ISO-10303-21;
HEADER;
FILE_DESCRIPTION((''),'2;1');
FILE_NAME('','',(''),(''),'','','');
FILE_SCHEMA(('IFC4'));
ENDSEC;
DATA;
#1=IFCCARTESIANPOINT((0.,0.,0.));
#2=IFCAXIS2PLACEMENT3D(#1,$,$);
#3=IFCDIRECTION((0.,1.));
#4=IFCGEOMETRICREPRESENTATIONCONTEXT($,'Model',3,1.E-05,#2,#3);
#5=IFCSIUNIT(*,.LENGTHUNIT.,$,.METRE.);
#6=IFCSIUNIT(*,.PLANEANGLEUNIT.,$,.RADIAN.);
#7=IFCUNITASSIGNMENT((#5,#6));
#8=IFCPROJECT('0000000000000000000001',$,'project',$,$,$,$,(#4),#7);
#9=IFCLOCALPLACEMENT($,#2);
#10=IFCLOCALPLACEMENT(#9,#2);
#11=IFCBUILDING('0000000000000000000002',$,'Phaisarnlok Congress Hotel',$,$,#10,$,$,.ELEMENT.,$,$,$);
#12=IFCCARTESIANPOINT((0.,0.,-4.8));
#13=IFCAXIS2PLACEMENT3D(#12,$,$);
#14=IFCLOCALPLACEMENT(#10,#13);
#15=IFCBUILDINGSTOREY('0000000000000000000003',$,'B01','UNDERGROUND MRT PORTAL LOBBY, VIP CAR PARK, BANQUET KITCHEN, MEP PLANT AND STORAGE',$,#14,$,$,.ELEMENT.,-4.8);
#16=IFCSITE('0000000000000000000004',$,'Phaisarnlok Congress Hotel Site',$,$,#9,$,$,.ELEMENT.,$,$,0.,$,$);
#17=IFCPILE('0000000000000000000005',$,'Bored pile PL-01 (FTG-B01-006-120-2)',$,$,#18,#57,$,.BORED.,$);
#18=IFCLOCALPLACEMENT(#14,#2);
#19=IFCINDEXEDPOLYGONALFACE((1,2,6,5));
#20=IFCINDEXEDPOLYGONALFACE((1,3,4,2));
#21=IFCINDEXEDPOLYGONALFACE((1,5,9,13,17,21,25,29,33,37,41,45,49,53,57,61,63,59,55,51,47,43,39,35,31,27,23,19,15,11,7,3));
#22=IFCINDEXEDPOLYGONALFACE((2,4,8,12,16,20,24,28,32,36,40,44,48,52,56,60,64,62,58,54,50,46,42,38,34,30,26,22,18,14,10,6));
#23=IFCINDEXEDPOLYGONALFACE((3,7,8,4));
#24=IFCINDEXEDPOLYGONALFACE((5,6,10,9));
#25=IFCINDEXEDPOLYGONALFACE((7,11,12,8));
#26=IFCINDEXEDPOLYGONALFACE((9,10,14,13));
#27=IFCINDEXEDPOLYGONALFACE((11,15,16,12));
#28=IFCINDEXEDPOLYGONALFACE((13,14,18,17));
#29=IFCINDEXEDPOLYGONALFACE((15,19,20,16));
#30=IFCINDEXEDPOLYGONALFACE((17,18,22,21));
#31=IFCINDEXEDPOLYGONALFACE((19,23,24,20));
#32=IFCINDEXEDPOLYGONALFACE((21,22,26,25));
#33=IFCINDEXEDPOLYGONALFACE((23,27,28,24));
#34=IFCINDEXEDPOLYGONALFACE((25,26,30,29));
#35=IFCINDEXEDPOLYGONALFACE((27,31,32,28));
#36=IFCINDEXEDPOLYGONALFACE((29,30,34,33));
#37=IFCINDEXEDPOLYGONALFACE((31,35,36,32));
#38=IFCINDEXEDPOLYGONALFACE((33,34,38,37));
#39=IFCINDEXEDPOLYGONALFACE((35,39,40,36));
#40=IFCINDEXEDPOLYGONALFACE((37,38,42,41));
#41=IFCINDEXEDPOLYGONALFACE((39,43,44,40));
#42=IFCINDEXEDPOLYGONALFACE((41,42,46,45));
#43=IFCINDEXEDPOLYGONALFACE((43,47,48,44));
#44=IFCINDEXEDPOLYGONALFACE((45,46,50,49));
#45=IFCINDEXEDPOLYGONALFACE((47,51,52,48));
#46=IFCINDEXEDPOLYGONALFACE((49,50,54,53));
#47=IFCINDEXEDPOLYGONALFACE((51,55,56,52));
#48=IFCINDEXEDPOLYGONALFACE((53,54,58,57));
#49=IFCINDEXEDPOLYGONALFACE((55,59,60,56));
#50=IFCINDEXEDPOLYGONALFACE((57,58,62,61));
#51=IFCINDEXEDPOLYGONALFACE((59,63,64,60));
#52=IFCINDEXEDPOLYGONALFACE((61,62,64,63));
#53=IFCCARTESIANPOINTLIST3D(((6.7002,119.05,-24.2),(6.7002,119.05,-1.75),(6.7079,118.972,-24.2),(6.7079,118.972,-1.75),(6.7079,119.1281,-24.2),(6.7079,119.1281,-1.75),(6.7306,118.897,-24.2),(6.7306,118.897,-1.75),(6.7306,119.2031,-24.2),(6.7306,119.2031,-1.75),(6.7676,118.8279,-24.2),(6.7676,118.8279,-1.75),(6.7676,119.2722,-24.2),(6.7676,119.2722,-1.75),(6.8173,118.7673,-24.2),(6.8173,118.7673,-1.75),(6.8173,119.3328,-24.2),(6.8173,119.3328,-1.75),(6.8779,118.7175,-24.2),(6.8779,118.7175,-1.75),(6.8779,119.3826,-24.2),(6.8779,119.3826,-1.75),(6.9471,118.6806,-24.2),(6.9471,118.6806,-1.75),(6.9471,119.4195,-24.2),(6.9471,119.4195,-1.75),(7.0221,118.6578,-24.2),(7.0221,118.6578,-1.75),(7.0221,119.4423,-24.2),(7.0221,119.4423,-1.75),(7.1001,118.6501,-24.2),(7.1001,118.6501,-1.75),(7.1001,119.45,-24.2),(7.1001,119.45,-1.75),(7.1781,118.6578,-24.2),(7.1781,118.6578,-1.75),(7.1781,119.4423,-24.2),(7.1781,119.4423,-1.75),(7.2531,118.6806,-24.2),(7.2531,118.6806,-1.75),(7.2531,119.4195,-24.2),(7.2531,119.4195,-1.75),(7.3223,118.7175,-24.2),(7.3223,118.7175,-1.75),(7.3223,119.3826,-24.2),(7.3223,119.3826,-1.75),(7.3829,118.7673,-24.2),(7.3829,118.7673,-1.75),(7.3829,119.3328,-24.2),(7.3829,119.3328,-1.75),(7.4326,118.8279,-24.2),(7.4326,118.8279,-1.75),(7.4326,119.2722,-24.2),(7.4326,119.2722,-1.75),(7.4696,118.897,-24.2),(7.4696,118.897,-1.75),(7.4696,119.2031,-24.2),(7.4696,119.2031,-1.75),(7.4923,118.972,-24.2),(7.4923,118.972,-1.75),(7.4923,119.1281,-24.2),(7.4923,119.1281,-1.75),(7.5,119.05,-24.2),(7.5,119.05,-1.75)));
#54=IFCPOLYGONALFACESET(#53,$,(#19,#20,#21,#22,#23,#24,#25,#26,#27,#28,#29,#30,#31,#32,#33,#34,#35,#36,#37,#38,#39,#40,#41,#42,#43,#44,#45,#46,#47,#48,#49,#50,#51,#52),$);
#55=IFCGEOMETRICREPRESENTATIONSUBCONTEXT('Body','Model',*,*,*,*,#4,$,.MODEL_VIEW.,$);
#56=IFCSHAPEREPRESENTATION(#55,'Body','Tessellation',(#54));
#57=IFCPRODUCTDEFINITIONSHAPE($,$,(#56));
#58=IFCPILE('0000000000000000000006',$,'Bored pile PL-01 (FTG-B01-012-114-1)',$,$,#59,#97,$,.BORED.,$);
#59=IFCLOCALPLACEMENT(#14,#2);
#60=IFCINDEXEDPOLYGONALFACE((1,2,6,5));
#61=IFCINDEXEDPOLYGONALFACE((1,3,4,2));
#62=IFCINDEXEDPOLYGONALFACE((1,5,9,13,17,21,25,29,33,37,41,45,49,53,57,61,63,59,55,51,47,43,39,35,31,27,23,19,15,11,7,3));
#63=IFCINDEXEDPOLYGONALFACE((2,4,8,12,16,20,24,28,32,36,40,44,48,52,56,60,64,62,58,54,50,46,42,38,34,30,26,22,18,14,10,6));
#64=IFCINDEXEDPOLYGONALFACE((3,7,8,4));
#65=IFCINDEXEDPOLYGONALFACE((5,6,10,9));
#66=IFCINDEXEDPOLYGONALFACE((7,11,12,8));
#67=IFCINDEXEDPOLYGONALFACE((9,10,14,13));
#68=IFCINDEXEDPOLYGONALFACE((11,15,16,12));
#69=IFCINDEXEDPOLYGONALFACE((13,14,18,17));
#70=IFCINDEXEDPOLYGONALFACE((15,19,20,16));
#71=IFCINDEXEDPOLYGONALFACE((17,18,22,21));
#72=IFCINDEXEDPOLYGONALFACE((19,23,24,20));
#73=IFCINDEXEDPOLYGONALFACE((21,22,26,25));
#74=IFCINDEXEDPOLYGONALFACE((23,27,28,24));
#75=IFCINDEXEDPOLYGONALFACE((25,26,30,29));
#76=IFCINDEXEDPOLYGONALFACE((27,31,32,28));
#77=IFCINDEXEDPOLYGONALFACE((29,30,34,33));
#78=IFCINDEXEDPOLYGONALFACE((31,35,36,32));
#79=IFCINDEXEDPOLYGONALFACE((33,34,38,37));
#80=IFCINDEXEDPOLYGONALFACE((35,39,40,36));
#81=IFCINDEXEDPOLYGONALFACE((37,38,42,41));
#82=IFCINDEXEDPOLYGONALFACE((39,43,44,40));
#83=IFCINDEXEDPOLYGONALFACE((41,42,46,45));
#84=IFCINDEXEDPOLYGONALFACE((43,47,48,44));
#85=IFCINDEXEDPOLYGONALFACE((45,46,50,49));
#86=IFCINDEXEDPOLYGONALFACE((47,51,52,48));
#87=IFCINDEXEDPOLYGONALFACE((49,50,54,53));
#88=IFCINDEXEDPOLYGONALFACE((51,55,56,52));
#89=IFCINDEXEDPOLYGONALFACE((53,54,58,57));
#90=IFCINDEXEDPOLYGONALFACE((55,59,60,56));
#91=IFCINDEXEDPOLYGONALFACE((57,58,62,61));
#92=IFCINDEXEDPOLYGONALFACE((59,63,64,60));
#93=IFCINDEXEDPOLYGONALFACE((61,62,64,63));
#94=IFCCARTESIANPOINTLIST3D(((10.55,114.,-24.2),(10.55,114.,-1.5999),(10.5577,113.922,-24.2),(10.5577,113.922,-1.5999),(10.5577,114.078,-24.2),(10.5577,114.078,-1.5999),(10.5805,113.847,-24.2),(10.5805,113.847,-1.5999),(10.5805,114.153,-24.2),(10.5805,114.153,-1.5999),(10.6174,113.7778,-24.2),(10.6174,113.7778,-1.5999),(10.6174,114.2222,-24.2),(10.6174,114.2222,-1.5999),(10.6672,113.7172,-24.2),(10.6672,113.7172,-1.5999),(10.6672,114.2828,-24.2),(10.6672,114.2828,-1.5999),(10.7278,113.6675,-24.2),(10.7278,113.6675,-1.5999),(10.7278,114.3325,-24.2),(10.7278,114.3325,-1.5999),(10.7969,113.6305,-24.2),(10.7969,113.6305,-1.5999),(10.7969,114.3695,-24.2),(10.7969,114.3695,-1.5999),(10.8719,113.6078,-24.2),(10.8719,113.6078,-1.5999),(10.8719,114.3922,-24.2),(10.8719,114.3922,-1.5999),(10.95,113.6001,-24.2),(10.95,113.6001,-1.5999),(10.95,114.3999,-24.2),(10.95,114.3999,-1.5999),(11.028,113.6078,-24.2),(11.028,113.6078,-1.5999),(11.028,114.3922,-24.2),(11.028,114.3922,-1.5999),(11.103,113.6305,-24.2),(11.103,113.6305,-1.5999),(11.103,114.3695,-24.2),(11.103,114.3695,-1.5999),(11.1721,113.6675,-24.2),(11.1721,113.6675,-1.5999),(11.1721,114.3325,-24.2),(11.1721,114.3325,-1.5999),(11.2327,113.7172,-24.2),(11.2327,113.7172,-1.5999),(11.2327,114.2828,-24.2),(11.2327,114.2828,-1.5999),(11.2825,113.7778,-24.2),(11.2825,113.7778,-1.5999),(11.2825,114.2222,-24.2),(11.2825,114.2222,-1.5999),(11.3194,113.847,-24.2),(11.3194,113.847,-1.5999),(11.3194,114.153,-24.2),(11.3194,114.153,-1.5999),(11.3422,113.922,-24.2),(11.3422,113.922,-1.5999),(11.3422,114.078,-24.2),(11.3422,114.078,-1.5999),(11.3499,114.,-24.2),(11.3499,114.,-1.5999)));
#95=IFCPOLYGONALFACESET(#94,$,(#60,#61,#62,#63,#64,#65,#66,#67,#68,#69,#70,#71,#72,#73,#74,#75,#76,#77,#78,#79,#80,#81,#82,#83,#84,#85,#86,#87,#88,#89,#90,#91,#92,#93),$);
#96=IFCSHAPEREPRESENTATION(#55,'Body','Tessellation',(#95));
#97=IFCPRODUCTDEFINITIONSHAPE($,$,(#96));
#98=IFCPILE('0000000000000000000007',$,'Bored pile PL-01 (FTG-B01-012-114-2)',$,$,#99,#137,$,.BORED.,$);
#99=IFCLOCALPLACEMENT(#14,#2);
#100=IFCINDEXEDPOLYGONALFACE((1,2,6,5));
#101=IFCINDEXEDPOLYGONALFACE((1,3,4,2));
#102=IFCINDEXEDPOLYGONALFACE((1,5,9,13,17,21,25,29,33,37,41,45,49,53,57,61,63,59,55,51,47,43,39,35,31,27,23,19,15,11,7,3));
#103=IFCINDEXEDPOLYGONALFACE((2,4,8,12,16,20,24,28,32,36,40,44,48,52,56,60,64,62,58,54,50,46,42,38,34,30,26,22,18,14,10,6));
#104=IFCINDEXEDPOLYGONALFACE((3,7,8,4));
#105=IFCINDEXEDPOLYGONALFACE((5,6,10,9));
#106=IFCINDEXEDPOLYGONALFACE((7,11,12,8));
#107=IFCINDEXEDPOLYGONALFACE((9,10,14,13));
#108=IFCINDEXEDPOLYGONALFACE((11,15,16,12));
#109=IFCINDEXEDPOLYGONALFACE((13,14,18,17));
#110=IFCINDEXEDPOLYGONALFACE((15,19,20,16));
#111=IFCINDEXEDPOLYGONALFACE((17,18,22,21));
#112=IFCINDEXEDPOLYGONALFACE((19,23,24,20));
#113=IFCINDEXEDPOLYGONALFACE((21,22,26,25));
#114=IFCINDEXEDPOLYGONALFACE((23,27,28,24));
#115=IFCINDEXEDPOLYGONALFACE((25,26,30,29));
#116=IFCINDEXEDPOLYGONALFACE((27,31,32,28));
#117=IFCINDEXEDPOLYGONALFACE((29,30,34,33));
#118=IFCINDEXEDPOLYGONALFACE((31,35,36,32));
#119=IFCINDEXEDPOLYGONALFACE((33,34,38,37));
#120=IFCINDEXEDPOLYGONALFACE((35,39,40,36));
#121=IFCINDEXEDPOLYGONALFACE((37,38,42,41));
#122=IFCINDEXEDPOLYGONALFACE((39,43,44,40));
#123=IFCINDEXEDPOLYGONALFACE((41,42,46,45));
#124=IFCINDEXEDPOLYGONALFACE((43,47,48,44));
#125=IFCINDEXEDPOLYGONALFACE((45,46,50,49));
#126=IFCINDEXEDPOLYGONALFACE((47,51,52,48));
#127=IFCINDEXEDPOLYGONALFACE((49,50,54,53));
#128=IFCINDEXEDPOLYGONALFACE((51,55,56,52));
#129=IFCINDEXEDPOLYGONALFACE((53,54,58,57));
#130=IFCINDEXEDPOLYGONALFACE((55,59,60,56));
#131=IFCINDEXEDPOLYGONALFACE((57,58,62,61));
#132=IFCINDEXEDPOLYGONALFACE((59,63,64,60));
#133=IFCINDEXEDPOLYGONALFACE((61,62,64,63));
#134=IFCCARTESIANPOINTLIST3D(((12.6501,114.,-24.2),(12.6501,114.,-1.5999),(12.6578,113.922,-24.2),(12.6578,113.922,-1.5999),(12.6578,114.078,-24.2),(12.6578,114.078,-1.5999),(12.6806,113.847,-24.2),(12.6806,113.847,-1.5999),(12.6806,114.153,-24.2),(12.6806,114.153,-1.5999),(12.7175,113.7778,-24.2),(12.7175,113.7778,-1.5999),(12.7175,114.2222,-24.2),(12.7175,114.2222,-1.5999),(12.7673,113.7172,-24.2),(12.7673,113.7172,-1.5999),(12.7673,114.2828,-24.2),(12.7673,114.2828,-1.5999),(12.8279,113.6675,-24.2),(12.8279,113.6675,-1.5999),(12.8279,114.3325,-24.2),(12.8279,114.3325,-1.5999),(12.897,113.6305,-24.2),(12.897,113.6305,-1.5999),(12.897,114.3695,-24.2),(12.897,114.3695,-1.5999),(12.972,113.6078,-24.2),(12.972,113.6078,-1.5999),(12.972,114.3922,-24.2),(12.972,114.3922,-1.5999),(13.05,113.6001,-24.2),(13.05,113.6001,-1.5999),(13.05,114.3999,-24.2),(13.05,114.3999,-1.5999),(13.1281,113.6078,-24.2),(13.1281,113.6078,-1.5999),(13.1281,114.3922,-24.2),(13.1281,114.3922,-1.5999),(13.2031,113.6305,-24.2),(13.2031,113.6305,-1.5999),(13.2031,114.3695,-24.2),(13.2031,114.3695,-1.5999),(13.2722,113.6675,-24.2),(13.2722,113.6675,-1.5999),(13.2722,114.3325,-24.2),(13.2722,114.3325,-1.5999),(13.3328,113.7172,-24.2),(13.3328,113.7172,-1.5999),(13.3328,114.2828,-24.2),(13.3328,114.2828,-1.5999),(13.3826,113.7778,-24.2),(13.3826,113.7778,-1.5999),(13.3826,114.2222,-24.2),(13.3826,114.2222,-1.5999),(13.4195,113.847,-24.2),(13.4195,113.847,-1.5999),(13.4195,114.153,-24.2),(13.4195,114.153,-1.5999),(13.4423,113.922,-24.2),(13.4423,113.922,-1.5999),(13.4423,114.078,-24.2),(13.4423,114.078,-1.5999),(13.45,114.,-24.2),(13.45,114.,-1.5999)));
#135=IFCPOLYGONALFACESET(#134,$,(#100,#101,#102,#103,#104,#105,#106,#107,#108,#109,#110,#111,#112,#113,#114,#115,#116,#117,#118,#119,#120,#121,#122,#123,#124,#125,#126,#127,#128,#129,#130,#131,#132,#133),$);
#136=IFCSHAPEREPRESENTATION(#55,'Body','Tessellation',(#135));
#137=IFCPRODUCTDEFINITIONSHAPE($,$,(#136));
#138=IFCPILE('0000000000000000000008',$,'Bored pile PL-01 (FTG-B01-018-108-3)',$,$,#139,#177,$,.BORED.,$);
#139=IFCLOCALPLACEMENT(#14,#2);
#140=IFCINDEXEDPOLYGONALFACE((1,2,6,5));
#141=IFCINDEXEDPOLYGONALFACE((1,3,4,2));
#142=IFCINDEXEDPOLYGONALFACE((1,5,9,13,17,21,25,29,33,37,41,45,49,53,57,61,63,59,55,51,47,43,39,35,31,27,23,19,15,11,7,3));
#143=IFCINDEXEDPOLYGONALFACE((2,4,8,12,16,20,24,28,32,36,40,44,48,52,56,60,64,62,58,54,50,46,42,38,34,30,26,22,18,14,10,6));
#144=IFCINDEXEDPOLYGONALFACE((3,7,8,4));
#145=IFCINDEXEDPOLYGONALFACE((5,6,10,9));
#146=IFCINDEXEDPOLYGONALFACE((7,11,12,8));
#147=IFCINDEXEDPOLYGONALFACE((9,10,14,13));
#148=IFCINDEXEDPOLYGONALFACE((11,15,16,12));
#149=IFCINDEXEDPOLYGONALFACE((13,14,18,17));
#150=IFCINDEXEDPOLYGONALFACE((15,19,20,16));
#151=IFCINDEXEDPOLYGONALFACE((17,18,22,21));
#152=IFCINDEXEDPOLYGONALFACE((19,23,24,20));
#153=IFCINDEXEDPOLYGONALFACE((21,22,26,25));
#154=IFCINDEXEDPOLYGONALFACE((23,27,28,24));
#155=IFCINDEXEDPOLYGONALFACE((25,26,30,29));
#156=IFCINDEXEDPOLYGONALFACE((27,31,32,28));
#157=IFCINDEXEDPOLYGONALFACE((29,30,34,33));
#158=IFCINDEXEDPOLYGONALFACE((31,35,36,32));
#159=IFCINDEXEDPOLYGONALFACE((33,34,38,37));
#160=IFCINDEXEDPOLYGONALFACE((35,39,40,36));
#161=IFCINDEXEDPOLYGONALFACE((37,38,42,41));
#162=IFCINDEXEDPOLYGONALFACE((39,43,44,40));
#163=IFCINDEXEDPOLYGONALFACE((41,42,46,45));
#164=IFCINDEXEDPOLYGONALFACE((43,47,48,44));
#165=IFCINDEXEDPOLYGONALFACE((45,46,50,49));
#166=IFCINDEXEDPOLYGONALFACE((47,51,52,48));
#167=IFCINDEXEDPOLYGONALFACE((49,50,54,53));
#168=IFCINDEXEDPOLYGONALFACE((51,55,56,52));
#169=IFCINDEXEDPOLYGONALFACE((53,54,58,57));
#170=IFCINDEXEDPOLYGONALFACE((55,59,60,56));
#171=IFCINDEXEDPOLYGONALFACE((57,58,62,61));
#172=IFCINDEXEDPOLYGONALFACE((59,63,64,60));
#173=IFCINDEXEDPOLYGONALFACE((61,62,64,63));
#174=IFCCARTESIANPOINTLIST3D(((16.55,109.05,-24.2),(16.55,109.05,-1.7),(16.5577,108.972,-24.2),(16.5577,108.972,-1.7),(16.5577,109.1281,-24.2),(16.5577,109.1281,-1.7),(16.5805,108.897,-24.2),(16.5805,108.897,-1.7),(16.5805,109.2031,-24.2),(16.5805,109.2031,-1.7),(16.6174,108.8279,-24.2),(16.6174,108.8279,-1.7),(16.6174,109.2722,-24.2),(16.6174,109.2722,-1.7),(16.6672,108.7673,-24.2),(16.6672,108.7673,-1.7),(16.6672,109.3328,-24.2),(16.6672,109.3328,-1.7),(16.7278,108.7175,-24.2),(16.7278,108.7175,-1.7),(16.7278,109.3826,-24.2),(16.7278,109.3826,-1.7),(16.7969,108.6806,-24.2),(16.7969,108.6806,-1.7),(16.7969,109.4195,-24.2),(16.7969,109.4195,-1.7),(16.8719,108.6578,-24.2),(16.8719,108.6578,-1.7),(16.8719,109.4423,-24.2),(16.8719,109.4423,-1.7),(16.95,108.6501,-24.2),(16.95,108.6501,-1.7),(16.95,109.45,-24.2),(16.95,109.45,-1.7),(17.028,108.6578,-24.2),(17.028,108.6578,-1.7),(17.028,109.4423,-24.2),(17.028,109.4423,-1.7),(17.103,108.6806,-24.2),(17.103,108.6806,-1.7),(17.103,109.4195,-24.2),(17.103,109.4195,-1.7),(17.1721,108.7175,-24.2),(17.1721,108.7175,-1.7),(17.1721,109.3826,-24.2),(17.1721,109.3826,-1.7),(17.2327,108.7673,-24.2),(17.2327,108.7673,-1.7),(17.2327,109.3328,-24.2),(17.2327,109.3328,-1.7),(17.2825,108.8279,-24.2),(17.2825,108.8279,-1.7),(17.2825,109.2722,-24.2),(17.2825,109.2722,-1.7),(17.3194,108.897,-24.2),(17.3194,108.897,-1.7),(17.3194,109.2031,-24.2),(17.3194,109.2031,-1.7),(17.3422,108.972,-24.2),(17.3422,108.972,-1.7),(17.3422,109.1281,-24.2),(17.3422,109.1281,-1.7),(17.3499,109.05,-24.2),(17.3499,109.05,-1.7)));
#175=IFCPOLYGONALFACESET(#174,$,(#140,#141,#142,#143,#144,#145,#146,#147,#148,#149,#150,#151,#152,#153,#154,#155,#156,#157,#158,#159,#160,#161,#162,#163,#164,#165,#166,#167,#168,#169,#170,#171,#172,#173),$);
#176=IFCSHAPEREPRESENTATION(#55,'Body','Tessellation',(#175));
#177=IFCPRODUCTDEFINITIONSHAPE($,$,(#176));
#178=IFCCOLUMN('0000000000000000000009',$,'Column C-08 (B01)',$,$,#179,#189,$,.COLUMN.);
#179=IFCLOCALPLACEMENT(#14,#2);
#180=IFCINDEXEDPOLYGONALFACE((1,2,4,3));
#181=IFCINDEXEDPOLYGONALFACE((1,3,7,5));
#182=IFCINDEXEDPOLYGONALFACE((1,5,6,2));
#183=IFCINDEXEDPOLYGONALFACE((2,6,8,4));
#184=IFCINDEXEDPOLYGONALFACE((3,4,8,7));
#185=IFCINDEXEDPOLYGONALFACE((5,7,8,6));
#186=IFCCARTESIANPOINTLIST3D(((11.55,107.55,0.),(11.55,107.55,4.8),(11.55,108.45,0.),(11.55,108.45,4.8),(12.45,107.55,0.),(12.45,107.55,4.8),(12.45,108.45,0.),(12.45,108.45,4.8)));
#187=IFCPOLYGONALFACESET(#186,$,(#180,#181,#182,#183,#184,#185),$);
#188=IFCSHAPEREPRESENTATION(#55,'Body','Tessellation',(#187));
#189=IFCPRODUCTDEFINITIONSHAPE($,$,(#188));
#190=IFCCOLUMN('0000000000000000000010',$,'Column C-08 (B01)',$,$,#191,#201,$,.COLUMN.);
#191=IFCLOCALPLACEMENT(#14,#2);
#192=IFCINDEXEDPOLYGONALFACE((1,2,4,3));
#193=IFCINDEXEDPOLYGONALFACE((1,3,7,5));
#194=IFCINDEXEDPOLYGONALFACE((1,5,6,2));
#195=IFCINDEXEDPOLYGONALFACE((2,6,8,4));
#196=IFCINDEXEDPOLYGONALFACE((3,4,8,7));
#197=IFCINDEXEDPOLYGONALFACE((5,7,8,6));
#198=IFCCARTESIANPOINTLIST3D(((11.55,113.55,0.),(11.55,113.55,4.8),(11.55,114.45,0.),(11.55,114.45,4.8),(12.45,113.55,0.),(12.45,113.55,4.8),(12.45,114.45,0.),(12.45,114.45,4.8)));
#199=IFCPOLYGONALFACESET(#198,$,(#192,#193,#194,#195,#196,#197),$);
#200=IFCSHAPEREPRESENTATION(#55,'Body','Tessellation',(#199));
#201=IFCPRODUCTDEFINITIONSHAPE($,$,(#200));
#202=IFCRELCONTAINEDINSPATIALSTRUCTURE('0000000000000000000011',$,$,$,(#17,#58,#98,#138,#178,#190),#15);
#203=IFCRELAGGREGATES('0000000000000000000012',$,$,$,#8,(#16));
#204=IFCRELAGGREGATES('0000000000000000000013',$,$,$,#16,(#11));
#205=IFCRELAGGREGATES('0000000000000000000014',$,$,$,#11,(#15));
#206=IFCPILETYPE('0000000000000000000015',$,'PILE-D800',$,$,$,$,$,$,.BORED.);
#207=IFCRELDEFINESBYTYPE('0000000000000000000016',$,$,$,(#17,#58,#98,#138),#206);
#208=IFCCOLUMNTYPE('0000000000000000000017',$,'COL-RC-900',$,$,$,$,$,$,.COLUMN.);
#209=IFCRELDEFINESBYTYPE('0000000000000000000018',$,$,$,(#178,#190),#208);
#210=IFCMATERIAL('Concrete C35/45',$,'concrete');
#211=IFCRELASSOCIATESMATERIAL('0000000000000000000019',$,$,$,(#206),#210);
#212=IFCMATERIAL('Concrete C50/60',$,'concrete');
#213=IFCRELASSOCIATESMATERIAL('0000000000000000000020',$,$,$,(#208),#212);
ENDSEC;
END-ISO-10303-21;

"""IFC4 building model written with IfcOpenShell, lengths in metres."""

from ifc_helpers import new_model, si_unit, direction, frame, origin, origin_2d, place, context, subcontext, project, spatial, rectangle, circle, extrude, material, material_profile, profile_set, type_object, element, save


model = new_model("IFC4")

# Units and contexts
model_context = context("Model", 3, precision=1e-05, world=origin(), true_north=direction((0.0, 1.0)))
body_context = subcontext(model_context, "Body", "Model", "MODEL_VIEW")
ifc_project = project(units=[si_unit("LENGTHUNIT", "METRE"), si_unit("PLANEANGLEUNIT", "RADIAN")], contexts=[model_context])

# Site, building, storey
site_placement = place(None, origin())
site = spatial("IfcSite", under=ifc_project, at=site_placement, Name="Phaisarnlok Congress Hotel Site", CompositionType="ELEMENT", RefElevation=0.0)
building_placement = place(site_placement, origin())
building = spatial("IfcBuilding", under=site, at=building_placement, Name="Phaisarnlok Congress Hotel", CompositionType="ELEMENT")
storey_placement = place(building_placement, frame((0.0, 0.0, -4.8)))
storey = spatial("IfcBuildingStorey", under=building, at=storey_placement, Name="B01", Description="UNDERGROUND MRT PORTAL LOBBY, VIP CAR PARK, BANQUET KITCHEN, MEP PLANT AND STORAGE", CompositionType="ELEMENT", Elevation=-4.8)

# Piles
ifc_material_1 = material(Name="Concrete C35/45", Category="concrete")
ifc_material_profile_1 = material_profile(ifc_material_1, circle(Radius=0.3999, at=origin_2d()), Name="BORED PILE D800")
ifc_profile_set_1 = profile_set([ifc_material_profile_1], Name="Concrete C35/45")
pile_type_1 = type_object("IfcPileType", Name="PILE-D800", PredefinedType="BORED", material=ifc_profile_set_1)
pile_1_placement = place(storey_placement, frame((7.1001, 119.05, -1.75), z_axis=(0.0, 0.0, -1.0), x_axis=(1.0, 0.0, 0.0)))
element("IfcPile", 1, at=pile_1_placement, inside=storey, type_object=pile_type_1, Name="Bored pile PL-01 (FTG-B01-006-120-2)", PredefinedType="BORED", context=body_context, shape_type="SweptSolid", body=[
    extrude(circle(Radius=0.3999, at=origin_2d()), origin(), (0.0, 0.0, 1.0), 22.45),
])
for number, where, z_axis, x_axis, name in (
    (2, (10.95, 114.0, -1.5999), (0.0, 0.0, -1.0), (1.0, 0.0, 0.0), "Bored pile PL-01 (FTG-B01-012-114-1)"),
    (3, (13.05, 114.0, -1.5999), (0.0, 0.0, -1.0), (1.0, 0.0, 0.0), "Bored pile PL-01 (FTG-B01-012-114-2)"),
):
    element("IfcPile", number, at=place(storey_placement, frame(where, z_axis=z_axis, x_axis=x_axis)), inside=storey, type_object=pile_type_1, Name=name, PredefinedType="BORED", context=body_context, shape_type="SweptSolid", body=[
        extrude(circle(Radius=0.3999, at=origin_2d()), origin(), (0.0, 0.0, 1.0), 22.6001),
    ])
pile_2_placement = place(storey_placement, frame((16.95, 109.05, -1.7), z_axis=(0.0, 0.0, -1.0), x_axis=(1.0, 0.0, 0.0)))
element("IfcPile", 4, at=pile_2_placement, inside=storey, type_object=pile_type_1, Name="Bored pile PL-01 (FTG-B01-018-108-3)", PredefinedType="BORED", context=body_context, shape_type="SweptSolid", body=[
    extrude(circle(Radius=0.3999, at=origin_2d()), origin(), (0.0, 0.0, 1.0), 22.5),
])

# Columns
ifc_material_2 = material(Name="Concrete C50/60", Category="concrete")
ifc_material_profile_2 = material_profile(ifc_material_2, rectangle(XDim=0.8999, YDim=0.8999, at=origin_2d()), Name="RC 900x900")
ifc_profile_set_2 = profile_set([ifc_material_profile_2], Name="Concrete C50/60")
column_type = type_object("IfcColumnType", Name="COL-RC-900", PredefinedType="COLUMN", material=ifc_profile_set_2)
for number, where, z_axis, x_axis, name in (
    (5, (12.0, 108.0, 0.0), (0.0, 0.0, 1.0), (1.0, 0.0, 0.0), "Column C-08 (B01)"),
    (6, (12.0, 114.0, 0.0), (0.0, 0.0, 1.0), (1.0, 0.0, 0.0), "Column C-08 (B01)"),
):
    element("IfcColumn", number, at=place(storey_placement, frame(where, z_axis=z_axis, x_axis=x_axis)), inside=storey, type_object=column_type, Name=name, PredefinedType="COLUMN", context=body_context, shape_type="SweptSolid", body=[
        extrude(rectangle(XDim=0.8999, YDim=0.8999, at=origin_2d()), origin(), (0.0, 0.0, 1.0), 4.8),
    ])

save(model, "model.ifc")
